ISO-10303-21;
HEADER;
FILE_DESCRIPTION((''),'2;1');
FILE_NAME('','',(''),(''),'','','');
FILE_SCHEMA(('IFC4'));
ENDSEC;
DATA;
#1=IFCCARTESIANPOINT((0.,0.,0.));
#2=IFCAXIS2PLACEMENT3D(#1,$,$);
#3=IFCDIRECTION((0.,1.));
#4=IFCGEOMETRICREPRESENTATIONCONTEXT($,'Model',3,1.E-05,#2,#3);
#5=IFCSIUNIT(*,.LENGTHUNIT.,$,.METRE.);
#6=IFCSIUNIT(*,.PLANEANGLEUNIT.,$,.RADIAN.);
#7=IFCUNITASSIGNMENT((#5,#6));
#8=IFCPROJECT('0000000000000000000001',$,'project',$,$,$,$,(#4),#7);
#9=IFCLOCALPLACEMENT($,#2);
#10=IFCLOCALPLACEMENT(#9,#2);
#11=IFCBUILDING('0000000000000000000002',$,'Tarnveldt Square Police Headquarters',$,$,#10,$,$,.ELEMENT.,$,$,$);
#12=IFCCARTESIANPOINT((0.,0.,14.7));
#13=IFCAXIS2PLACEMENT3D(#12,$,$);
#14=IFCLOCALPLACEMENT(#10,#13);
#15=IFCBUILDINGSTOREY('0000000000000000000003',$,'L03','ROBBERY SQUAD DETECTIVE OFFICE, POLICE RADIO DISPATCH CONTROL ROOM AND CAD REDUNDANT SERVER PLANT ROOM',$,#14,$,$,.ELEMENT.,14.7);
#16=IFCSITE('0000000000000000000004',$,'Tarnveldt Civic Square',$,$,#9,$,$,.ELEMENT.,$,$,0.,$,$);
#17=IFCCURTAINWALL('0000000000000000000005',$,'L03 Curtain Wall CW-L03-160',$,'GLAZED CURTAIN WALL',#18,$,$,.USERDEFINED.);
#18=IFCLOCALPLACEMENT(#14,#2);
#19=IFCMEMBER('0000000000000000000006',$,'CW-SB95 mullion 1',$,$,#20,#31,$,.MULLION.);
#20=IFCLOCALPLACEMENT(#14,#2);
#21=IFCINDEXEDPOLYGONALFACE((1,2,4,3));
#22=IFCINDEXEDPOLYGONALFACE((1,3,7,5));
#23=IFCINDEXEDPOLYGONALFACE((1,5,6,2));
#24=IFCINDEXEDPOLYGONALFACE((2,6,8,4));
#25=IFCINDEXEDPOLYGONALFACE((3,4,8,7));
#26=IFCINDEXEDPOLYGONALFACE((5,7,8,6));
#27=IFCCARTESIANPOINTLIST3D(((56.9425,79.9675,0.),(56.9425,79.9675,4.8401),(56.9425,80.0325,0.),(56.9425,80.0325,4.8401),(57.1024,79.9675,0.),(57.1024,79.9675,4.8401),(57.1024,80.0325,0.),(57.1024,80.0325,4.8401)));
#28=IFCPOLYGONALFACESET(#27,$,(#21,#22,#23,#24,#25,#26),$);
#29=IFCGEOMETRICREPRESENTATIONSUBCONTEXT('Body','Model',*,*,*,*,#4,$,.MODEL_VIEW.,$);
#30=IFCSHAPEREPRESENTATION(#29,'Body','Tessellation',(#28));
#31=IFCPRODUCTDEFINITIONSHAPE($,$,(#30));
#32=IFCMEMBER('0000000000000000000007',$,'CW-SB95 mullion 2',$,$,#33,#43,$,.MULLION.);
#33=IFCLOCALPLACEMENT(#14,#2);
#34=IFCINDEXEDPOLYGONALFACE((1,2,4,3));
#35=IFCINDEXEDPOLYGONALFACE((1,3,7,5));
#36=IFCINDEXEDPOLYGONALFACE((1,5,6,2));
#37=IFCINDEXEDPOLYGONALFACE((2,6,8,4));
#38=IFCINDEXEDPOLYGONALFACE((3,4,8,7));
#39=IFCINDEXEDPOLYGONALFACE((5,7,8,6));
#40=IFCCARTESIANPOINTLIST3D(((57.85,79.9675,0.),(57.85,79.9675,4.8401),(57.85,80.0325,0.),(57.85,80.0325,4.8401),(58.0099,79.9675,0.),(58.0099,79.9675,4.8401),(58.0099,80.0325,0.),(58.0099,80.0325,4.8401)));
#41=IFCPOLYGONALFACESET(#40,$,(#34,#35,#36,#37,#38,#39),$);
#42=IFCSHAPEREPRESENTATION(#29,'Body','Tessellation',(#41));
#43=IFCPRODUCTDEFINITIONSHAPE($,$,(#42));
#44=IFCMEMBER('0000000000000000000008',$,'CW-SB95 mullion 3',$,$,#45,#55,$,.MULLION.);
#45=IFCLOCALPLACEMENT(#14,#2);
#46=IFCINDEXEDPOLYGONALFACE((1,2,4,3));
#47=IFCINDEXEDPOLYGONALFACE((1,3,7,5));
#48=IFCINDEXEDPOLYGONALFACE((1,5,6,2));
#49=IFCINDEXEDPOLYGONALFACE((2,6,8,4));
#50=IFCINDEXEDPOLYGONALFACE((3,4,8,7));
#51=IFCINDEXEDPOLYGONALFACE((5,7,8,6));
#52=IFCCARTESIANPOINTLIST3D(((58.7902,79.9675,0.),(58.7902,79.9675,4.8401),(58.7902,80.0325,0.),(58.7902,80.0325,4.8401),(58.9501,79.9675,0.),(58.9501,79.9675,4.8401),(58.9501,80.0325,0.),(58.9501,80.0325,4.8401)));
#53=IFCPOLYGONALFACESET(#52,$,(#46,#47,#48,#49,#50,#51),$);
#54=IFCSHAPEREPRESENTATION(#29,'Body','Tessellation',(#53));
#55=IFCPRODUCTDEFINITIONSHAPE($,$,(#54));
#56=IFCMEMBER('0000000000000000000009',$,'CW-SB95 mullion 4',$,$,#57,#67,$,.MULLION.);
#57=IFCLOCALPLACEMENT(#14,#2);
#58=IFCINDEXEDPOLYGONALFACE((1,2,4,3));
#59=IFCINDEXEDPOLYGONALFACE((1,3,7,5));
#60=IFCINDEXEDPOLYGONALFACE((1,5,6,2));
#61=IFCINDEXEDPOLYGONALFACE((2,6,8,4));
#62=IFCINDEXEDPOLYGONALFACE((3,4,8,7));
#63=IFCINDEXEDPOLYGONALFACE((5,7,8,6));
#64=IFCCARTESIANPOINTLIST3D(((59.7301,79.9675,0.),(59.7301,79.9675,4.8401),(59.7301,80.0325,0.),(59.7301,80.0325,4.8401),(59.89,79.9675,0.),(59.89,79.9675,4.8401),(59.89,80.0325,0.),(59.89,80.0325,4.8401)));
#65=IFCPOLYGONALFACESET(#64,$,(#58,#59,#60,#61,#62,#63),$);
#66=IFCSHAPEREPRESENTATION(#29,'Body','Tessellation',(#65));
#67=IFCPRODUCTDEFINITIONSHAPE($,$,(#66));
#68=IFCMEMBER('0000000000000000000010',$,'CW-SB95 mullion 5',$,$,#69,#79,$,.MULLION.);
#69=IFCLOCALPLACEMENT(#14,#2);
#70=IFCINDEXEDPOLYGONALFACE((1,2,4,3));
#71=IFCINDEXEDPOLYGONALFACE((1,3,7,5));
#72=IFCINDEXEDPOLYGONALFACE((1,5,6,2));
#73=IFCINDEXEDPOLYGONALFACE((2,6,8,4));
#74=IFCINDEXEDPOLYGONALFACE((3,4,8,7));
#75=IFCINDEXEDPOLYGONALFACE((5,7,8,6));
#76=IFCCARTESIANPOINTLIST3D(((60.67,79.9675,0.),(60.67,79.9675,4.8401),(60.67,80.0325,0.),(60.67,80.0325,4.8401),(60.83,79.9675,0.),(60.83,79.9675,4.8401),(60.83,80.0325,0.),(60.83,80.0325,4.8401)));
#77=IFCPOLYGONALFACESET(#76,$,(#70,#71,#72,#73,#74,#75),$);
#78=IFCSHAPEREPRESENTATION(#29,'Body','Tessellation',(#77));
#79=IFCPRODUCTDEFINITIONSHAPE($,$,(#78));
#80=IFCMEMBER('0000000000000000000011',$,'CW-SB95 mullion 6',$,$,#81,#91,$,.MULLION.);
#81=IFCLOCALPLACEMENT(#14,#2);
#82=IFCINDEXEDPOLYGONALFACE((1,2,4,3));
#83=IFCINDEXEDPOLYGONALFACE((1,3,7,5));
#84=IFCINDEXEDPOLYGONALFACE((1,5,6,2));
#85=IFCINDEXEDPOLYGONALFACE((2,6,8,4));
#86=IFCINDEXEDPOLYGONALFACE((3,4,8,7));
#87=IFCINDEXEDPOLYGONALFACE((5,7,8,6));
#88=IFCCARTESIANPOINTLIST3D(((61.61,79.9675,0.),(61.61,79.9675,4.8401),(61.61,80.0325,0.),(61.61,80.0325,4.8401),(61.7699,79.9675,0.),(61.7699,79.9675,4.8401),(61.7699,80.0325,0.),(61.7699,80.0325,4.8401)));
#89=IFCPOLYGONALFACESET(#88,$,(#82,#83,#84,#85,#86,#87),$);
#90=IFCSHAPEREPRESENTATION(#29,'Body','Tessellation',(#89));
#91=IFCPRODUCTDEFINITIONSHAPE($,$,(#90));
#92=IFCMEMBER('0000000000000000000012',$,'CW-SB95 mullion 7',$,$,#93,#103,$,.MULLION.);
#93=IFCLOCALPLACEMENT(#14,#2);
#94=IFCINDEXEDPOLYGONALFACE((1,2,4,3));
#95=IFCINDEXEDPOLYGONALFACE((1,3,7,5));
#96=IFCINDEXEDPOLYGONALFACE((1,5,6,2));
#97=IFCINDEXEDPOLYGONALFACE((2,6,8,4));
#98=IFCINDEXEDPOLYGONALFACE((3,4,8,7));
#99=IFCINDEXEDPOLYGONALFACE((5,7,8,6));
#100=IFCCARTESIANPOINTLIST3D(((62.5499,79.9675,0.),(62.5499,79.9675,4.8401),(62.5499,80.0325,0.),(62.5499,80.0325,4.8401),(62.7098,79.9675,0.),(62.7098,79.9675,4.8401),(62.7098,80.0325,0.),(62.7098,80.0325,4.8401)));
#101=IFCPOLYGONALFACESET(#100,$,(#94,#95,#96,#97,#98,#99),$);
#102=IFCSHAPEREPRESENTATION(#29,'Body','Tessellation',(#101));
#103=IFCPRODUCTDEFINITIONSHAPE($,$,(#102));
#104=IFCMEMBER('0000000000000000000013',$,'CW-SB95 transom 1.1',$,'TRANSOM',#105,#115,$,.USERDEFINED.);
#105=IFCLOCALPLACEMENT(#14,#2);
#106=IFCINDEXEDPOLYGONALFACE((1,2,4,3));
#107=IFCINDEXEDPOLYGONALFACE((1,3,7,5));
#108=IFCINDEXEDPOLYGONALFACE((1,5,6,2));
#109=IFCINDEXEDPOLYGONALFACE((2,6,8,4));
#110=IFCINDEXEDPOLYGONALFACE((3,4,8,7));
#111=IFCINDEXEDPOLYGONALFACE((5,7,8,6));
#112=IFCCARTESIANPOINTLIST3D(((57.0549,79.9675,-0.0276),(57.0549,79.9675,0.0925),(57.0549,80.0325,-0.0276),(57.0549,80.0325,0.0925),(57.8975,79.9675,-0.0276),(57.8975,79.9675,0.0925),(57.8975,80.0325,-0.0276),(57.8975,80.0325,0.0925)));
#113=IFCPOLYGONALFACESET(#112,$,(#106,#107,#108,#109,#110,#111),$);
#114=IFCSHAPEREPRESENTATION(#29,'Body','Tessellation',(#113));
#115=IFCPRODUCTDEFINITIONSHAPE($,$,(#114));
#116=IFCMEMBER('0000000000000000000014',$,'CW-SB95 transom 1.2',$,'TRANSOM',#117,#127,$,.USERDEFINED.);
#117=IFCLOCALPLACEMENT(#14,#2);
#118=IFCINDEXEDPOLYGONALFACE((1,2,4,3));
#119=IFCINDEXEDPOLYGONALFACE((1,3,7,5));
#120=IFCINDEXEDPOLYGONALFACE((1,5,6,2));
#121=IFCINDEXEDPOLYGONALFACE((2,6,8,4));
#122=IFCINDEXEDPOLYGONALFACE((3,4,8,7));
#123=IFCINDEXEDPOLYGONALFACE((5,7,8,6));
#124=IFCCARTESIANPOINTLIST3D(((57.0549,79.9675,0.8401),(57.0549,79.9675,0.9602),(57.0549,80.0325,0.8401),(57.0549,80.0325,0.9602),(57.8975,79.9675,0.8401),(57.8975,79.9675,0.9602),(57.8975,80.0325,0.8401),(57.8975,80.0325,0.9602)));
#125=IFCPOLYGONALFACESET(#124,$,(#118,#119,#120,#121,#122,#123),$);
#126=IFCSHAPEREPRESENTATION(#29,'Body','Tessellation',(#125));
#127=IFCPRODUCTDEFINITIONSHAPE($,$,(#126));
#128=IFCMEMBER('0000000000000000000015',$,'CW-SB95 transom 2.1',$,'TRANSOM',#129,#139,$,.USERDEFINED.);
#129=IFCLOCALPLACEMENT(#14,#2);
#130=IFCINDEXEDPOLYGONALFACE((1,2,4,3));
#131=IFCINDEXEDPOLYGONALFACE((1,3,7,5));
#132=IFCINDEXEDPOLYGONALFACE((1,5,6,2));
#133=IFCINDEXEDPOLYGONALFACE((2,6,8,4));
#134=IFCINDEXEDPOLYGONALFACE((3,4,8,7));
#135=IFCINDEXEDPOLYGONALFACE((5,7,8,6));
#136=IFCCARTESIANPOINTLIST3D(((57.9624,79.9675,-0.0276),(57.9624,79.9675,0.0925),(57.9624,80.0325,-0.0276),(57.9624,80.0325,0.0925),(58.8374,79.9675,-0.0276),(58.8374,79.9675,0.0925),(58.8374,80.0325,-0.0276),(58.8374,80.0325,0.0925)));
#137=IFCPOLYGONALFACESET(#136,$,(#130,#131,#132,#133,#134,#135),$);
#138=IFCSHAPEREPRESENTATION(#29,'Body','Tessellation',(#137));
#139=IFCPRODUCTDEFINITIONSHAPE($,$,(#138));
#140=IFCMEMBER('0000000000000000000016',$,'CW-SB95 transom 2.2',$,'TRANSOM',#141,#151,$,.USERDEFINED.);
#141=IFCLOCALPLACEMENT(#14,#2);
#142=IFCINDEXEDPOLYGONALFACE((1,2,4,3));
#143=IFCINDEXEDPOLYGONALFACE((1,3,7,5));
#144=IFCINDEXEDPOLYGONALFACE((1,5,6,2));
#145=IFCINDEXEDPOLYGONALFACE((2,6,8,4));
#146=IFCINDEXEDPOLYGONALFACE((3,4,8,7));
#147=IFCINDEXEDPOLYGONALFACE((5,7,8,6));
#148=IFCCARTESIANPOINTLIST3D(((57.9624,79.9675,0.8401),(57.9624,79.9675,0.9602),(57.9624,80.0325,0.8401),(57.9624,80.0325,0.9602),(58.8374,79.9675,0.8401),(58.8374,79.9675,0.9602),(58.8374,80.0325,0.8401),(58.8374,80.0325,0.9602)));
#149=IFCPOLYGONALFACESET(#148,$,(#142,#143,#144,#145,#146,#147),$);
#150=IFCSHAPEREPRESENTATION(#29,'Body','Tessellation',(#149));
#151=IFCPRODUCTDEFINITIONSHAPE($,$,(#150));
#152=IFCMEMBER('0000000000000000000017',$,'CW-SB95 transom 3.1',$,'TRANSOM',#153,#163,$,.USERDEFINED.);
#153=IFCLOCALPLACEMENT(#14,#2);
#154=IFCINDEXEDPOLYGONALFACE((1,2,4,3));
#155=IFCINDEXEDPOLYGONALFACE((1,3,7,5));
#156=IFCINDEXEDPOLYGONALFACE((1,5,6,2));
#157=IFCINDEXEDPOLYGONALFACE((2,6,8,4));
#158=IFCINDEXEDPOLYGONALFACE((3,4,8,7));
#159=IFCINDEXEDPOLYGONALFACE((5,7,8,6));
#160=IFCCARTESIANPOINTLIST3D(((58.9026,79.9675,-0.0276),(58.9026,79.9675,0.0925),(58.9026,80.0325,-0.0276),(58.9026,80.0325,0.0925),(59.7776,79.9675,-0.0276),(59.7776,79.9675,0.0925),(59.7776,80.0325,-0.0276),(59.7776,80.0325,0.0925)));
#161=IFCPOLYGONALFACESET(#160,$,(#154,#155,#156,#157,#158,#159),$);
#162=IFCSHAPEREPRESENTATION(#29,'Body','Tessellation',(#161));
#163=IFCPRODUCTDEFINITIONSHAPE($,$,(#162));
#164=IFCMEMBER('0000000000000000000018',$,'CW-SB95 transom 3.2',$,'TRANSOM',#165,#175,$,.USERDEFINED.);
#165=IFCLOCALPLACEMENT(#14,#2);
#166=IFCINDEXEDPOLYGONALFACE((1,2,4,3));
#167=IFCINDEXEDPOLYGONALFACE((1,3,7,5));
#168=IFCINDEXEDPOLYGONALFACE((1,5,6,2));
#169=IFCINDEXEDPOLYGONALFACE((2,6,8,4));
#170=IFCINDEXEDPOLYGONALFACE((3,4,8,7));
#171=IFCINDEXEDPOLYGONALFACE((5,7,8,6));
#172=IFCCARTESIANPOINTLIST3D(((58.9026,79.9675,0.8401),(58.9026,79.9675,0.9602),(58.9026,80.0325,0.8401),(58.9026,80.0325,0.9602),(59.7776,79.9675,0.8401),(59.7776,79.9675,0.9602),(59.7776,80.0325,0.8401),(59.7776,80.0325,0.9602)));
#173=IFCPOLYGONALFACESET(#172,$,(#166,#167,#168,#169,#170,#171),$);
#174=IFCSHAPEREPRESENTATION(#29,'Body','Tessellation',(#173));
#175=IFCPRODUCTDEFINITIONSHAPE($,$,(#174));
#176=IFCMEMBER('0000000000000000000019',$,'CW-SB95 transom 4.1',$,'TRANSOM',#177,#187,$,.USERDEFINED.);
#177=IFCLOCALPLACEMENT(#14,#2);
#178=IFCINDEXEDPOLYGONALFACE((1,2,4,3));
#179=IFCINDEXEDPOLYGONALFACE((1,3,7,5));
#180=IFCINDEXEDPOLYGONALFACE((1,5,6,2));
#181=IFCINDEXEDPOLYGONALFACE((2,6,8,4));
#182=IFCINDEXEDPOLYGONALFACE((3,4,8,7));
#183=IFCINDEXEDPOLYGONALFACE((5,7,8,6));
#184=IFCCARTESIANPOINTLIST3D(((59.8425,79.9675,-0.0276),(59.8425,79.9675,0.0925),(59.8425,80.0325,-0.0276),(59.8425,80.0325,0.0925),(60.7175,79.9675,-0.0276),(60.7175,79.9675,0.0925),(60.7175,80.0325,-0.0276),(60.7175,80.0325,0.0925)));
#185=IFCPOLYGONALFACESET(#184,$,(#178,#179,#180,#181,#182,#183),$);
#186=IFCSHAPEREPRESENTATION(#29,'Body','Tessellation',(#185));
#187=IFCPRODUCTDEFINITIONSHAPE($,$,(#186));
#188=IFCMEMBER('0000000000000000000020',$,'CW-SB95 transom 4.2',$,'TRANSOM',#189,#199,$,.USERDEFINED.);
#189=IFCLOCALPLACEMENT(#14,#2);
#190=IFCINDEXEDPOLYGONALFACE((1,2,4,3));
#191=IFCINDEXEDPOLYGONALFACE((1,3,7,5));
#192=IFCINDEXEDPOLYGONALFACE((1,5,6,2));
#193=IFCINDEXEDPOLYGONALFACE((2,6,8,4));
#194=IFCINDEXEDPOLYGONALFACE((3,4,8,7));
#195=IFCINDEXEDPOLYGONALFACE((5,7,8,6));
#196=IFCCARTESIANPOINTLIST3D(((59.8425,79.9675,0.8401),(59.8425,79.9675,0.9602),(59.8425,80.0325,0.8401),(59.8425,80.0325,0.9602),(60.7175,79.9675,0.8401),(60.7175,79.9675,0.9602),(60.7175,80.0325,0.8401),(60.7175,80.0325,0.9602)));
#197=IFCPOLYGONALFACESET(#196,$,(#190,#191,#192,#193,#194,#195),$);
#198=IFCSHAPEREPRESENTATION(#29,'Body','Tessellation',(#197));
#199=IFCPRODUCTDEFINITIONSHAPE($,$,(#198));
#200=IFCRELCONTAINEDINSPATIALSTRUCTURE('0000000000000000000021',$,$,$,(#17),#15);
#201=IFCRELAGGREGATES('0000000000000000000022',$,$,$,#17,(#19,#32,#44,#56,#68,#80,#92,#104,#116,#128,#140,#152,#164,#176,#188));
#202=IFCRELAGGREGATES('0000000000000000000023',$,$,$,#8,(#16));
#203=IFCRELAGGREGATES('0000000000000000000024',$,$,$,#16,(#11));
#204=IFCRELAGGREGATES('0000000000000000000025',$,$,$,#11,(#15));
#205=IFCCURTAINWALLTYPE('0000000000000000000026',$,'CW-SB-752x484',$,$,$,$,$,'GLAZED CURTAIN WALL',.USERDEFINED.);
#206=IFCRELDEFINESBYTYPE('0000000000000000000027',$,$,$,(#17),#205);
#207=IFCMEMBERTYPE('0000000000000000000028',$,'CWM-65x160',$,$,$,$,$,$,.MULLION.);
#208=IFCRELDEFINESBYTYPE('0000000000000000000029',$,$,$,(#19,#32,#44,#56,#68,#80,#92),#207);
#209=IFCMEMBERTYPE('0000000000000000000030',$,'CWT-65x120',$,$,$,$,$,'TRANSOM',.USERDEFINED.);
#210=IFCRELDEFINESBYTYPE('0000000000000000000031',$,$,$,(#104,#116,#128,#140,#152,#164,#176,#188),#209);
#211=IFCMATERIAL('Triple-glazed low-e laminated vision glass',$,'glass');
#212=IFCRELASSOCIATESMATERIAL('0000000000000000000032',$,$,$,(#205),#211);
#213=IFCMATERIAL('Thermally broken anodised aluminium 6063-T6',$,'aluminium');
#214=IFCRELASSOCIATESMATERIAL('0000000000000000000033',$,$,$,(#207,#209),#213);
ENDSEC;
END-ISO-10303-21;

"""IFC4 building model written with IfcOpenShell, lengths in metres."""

from ifc_helpers import new_model, si_unit, direction, frame, origin, origin_2d, place, context, subcontext, project, spatial, rectangle, extrude, material, material_profile, profile_set, type_object, element, aggregate, save


model = new_model("IFC4")

# Units and contexts
model_context = context("Model", 3, precision=1e-05, world=origin(), true_north=direction((0.0, 1.0)))
body_context = subcontext(model_context, "Body", "Model", "MODEL_VIEW")
ifc_project = project(units=[si_unit("LENGTHUNIT", "METRE"), si_unit("PLANEANGLEUNIT", "RADIAN")], contexts=[model_context])

# Site, building, storey
site_placement = place(None, origin())
site = spatial("IfcSite", under=ifc_project, at=site_placement, Name="Tarnveldt Civic Square", CompositionType="ELEMENT", RefElevation=0.0)
building_placement = place(site_placement, origin())
building = spatial("IfcBuilding", under=site, at=building_placement, Name="Tarnveldt Square Police Headquarters", CompositionType="ELEMENT")
storey_placement = place(building_placement, frame((0.0, 0.0, 14.7)))
storey = spatial("IfcBuildingStorey", under=building, at=storey_placement, Name="L03", Description="ROBBERY SQUAD DETECTIVE OFFICE, POLICE RADIO DISPATCH CONTROL ROOM AND CAD REDUNDANT SERVER PLANT ROOM", CompositionType="ELEMENT", Elevation=14.7)

# Curtain wall, members
ifc_material_1 = material(Name="Triple-glazed low-e laminated vision glass", Category="glass")
curtain_wall_type = type_object("IfcCurtainWallType", Name="CW-SB-752x484", ElementType="GLAZED CURTAIN WALL", PredefinedType="USERDEFINED", material=ifc_material_1)
curtain_wall_placement = place(storey_placement, origin())
curtain_wall = element("IfcCurtainWall", 1, at=curtain_wall_placement, inside=storey, type_object=curtain_wall_type, Name="L03 Curtain Wall CW-L03-160", ObjectType="GLAZED CURTAIN WALL", PredefinedType="USERDEFINED")
ifc_material_2 = material(Name="Thermally broken anodised aluminium 6063-T6", Category="aluminium")
ifc_material_profile_1 = material_profile(ifc_material_2, rectangle(XDim=0.0649, YDim=0.1599, at=origin_2d()), Name="CW-M65x160")
ifc_profile_set_1 = profile_set([ifc_material_profile_1], Name="Thermally broken anodised aluminium 6063-T6")
member_type_1 = type_object("IfcMemberType", Name="CWM-65x160", PredefinedType="MULLION", material=ifc_profile_set_1)
member_1_placement = place(storey_placement, frame((57.0225, 80.0, 0.0), z_axis=(0.0, 0.0, 1.0), x_axis=(0.0, 1.0, 0.0)))
member_1 = element("IfcMember", 2, at=member_1_placement, type_object=member_type_1, Name="CW-SB95 mullion 1", PredefinedType="MULLION", context=body_context, shape_type="SweptSolid", body=[
    extrude(rectangle(XDim=0.0649, YDim=0.1599, at=origin_2d()), origin(), (0.0, 0.0, 1.0), 4.8401),
])
member_2_placement = place(storey_placement, frame((57.9299, 80.0, 0.0), z_axis=(0.0, 0.0, 1.0), x_axis=(0.0, 1.0, 0.0)))
member_2 = element("IfcMember", 3, at=member_2_placement, type_object=member_type_1, Name="CW-SB95 mullion 2", PredefinedType="MULLION", context=body_context, shape_type="SweptSolid", body=[
    extrude(rectangle(XDim=0.0649, YDim=0.1599, at=origin_2d()), origin(), (0.0, 0.0, 1.0), 4.8401),
])
member_3_placement = place(storey_placement, frame((58.8701, 80.0, 0.0), z_axis=(0.0, 0.0, 1.0), x_axis=(0.0, 1.0, 0.0)))
member_3 = element("IfcMember", 4, at=member_3_placement, type_object=member_type_1, Name="CW-SB95 mullion 3", PredefinedType="MULLION", context=body_context, shape_type="SweptSolid", body=[
    extrude(rectangle(XDim=0.0649, YDim=0.1599, at=origin_2d()), origin(), (0.0, 0.0, 1.0), 4.8401),
])
member_4_placement = place(storey_placement, frame((59.8101, 80.0, 0.0), z_axis=(0.0, 0.0, 1.0), x_axis=(0.0, 1.0, 0.0)))
member_4 = element("IfcMember", 5, at=member_4_placement, type_object=member_type_1, Name="CW-SB95 mullion 4", PredefinedType="MULLION", context=body_context, shape_type="SweptSolid", body=[
    extrude(rectangle(XDim=0.0649, YDim=0.1599, at=origin_2d()), origin(), (0.0, 0.0, 1.0), 4.8401),
])
member_5_placement = place(storey_placement, frame((60.75, 80.0, 0.0), z_axis=(0.0, 0.0, 1.0), x_axis=(0.0, 1.0, 0.0)))
member_5 = element("IfcMember", 6, at=member_5_placement, type_object=member_type_1, Name="CW-SB95 mullion 5", PredefinedType="MULLION", context=body_context, shape_type="SweptSolid", body=[
    extrude(rectangle(XDim=0.0649, YDim=0.1599, at=origin_2d()), origin(), (0.0, 0.0, 1.0), 4.8401),
])
member_6_placement = place(storey_placement, frame((61.6899, 80.0, 0.0), z_axis=(0.0, 0.0, 1.0), x_axis=(0.0, 1.0, 0.0)))
member_6 = element("IfcMember", 7, at=member_6_placement, type_object=member_type_1, Name="CW-SB95 mullion 6", PredefinedType="MULLION", context=body_context, shape_type="SweptSolid", body=[
    extrude(rectangle(XDim=0.0649, YDim=0.1599, at=origin_2d()), origin(), (0.0, 0.0, 1.0), 4.8401),
])
member_7_placement = place(storey_placement, frame((62.6299, 80.0, 0.0), z_axis=(0.0, 0.0, 1.0), x_axis=(0.0, 1.0, 0.0)))
member_7 = element("IfcMember", 8, at=member_7_placement, type_object=member_type_1, Name="CW-SB95 mullion 7", PredefinedType="MULLION", context=body_context, shape_type="SweptSolid", body=[
    extrude(rectangle(XDim=0.0649, YDim=0.1599, at=origin_2d()), origin(), (0.0, 0.0, 1.0), 4.8401),
])
ifc_material_profile_2 = material_profile(ifc_material_2, rectangle(XDim=0.0649, YDim=0.1201, at=origin_2d()), Name="CW-T65x120")
ifc_profile_set_2 = profile_set([ifc_material_profile_2], Name="Thermally broken anodised aluminium 6063-T6")
member_type_2 = type_object("IfcMemberType", Name="CWT-65x120", ElementType="TRANSOM", PredefinedType="USERDEFINED", material=ifc_profile_set_2)
member_8_placement = place(storey_placement, frame((57.0549, 80.0, 0.0325), z_axis=(1.0, 0.0, 0.0), x_axis=(0.0, 1.0, 0.0)))
member_8 = element("IfcMember", 9, at=member_8_placement, type_object=member_type_2, Name="CW-SB95 transom 1.1", ObjectType="TRANSOM", PredefinedType="USERDEFINED", context=body_context, shape_type="SweptSolid", body=[
    extrude(rectangle(XDim=0.0649, YDim=0.1201, at=origin_2d()), origin(), (0.0, 0.0, 1.0), 0.8425),
])
member_9_placement = place(storey_placement, frame((57.0549, 80.0, 0.9001), z_axis=(1.0, 0.0, 0.0), x_axis=(0.0, 1.0, 0.0)))
member_9 = element("IfcMember", 10, at=member_9_placement, type_object=member_type_2, Name="CW-SB95 transom 1.2", ObjectType="TRANSOM", PredefinedType="USERDEFINED", context=body_context, shape_type="SweptSolid", body=[
    extrude(rectangle(XDim=0.0649, YDim=0.1201, at=origin_2d()), origin(), (0.0, 0.0, 1.0), 0.8425),
])
member_10_placement = place(storey_placement, frame((57.9624, 80.0, 0.0325), z_axis=(1.0, 0.0, 0.0), x_axis=(0.0, 1.0, 0.0)))
member_10 = element("IfcMember", 11, at=member_10_placement, type_object=member_type_2, Name="CW-SB95 transom 2.1", ObjectType="TRANSOM", PredefinedType="USERDEFINED", context=body_context, shape_type="SweptSolid", body=[
    extrude(rectangle(XDim=0.0649, YDim=0.1201, at=origin_2d()), origin(), (0.0, 0.0, 1.0), 0.875),
])
member_11_placement = place(storey_placement, frame((57.9624, 80.0, 0.9001), z_axis=(1.0, 0.0, 0.0), x_axis=(0.0, 1.0, 0.0)))
member_11 = element("IfcMember", 12, at=member_11_placement, type_object=member_type_2, Name="CW-SB95 transom 2.2", ObjectType="TRANSOM", PredefinedType="USERDEFINED", context=body_context, shape_type="SweptSolid", body=[
    extrude(rectangle(XDim=0.0649, YDim=0.1201, at=origin_2d()), origin(), (0.0, 0.0, 1.0), 0.875),
])
member_12_placement = place(storey_placement, frame((58.9026, 80.0, 0.0325), z_axis=(1.0, 0.0, 0.0), x_axis=(0.0, 1.0, 0.0)))
member_12 = element("IfcMember", 13, at=member_12_placement, type_object=member_type_2, Name="CW-SB95 transom 3.1", ObjectType="TRANSOM", PredefinedType="USERDEFINED", context=body_context, shape_type="SweptSolid", body=[
    extrude(rectangle(XDim=0.0649, YDim=0.1201, at=origin_2d()), origin(), (0.0, 0.0, 1.0), 0.875),
])
member_13_placement = place(storey_placement, frame((58.9026, 80.0, 0.9001), z_axis=(1.0, 0.0, 0.0), x_axis=(0.0, 1.0, 0.0)))
member_13 = element("IfcMember", 14, at=member_13_placement, type_object=member_type_2, Name="CW-SB95 transom 3.2", ObjectType="TRANSOM", PredefinedType="USERDEFINED", context=body_context, shape_type="SweptSolid", body=[
    extrude(rectangle(XDim=0.0649, YDim=0.1201, at=origin_2d()), origin(), (0.0, 0.0, 1.0), 0.875),
])
member_14_placement = place(storey_placement, frame((59.8425, 80.0, 0.0325), z_axis=(1.0, 0.0, 0.0), x_axis=(0.0, 1.0, 0.0)))
member_14 = element("IfcMember", 15, at=member_14_placement, type_object=member_type_2, Name="CW-SB95 transom 4.1", ObjectType="TRANSOM", PredefinedType="USERDEFINED", context=body_context, shape_type="SweptSolid", body=[
    extrude(rectangle(XDim=0.0649, YDim=0.1201, at=origin_2d()), origin(), (0.0, 0.0, 1.0), 0.875),
])
member_15_placement = place(storey_placement, frame((59.8425, 80.0, 0.9001), z_axis=(1.0, 0.0, 0.0), x_axis=(0.0, 1.0, 0.0)))
member_15 = element("IfcMember", 16, at=member_15_placement, type_object=member_type_2, Name="CW-SB95 transom 4.2", ObjectType="TRANSOM", PredefinedType="USERDEFINED", context=body_context, shape_type="SweptSolid", body=[
    extrude(rectangle(XDim=0.0649, YDim=0.1201, at=origin_2d()), origin(), (0.0, 0.0, 1.0), 0.875),
])

aggregate(curtain_wall, [member_1, member_2, member_3, member_4, member_5, member_6, member_7, member_8, member_9, member_10, member_11, member_12, member_13, member_14, member_15])

save(model, "model.ifc")
